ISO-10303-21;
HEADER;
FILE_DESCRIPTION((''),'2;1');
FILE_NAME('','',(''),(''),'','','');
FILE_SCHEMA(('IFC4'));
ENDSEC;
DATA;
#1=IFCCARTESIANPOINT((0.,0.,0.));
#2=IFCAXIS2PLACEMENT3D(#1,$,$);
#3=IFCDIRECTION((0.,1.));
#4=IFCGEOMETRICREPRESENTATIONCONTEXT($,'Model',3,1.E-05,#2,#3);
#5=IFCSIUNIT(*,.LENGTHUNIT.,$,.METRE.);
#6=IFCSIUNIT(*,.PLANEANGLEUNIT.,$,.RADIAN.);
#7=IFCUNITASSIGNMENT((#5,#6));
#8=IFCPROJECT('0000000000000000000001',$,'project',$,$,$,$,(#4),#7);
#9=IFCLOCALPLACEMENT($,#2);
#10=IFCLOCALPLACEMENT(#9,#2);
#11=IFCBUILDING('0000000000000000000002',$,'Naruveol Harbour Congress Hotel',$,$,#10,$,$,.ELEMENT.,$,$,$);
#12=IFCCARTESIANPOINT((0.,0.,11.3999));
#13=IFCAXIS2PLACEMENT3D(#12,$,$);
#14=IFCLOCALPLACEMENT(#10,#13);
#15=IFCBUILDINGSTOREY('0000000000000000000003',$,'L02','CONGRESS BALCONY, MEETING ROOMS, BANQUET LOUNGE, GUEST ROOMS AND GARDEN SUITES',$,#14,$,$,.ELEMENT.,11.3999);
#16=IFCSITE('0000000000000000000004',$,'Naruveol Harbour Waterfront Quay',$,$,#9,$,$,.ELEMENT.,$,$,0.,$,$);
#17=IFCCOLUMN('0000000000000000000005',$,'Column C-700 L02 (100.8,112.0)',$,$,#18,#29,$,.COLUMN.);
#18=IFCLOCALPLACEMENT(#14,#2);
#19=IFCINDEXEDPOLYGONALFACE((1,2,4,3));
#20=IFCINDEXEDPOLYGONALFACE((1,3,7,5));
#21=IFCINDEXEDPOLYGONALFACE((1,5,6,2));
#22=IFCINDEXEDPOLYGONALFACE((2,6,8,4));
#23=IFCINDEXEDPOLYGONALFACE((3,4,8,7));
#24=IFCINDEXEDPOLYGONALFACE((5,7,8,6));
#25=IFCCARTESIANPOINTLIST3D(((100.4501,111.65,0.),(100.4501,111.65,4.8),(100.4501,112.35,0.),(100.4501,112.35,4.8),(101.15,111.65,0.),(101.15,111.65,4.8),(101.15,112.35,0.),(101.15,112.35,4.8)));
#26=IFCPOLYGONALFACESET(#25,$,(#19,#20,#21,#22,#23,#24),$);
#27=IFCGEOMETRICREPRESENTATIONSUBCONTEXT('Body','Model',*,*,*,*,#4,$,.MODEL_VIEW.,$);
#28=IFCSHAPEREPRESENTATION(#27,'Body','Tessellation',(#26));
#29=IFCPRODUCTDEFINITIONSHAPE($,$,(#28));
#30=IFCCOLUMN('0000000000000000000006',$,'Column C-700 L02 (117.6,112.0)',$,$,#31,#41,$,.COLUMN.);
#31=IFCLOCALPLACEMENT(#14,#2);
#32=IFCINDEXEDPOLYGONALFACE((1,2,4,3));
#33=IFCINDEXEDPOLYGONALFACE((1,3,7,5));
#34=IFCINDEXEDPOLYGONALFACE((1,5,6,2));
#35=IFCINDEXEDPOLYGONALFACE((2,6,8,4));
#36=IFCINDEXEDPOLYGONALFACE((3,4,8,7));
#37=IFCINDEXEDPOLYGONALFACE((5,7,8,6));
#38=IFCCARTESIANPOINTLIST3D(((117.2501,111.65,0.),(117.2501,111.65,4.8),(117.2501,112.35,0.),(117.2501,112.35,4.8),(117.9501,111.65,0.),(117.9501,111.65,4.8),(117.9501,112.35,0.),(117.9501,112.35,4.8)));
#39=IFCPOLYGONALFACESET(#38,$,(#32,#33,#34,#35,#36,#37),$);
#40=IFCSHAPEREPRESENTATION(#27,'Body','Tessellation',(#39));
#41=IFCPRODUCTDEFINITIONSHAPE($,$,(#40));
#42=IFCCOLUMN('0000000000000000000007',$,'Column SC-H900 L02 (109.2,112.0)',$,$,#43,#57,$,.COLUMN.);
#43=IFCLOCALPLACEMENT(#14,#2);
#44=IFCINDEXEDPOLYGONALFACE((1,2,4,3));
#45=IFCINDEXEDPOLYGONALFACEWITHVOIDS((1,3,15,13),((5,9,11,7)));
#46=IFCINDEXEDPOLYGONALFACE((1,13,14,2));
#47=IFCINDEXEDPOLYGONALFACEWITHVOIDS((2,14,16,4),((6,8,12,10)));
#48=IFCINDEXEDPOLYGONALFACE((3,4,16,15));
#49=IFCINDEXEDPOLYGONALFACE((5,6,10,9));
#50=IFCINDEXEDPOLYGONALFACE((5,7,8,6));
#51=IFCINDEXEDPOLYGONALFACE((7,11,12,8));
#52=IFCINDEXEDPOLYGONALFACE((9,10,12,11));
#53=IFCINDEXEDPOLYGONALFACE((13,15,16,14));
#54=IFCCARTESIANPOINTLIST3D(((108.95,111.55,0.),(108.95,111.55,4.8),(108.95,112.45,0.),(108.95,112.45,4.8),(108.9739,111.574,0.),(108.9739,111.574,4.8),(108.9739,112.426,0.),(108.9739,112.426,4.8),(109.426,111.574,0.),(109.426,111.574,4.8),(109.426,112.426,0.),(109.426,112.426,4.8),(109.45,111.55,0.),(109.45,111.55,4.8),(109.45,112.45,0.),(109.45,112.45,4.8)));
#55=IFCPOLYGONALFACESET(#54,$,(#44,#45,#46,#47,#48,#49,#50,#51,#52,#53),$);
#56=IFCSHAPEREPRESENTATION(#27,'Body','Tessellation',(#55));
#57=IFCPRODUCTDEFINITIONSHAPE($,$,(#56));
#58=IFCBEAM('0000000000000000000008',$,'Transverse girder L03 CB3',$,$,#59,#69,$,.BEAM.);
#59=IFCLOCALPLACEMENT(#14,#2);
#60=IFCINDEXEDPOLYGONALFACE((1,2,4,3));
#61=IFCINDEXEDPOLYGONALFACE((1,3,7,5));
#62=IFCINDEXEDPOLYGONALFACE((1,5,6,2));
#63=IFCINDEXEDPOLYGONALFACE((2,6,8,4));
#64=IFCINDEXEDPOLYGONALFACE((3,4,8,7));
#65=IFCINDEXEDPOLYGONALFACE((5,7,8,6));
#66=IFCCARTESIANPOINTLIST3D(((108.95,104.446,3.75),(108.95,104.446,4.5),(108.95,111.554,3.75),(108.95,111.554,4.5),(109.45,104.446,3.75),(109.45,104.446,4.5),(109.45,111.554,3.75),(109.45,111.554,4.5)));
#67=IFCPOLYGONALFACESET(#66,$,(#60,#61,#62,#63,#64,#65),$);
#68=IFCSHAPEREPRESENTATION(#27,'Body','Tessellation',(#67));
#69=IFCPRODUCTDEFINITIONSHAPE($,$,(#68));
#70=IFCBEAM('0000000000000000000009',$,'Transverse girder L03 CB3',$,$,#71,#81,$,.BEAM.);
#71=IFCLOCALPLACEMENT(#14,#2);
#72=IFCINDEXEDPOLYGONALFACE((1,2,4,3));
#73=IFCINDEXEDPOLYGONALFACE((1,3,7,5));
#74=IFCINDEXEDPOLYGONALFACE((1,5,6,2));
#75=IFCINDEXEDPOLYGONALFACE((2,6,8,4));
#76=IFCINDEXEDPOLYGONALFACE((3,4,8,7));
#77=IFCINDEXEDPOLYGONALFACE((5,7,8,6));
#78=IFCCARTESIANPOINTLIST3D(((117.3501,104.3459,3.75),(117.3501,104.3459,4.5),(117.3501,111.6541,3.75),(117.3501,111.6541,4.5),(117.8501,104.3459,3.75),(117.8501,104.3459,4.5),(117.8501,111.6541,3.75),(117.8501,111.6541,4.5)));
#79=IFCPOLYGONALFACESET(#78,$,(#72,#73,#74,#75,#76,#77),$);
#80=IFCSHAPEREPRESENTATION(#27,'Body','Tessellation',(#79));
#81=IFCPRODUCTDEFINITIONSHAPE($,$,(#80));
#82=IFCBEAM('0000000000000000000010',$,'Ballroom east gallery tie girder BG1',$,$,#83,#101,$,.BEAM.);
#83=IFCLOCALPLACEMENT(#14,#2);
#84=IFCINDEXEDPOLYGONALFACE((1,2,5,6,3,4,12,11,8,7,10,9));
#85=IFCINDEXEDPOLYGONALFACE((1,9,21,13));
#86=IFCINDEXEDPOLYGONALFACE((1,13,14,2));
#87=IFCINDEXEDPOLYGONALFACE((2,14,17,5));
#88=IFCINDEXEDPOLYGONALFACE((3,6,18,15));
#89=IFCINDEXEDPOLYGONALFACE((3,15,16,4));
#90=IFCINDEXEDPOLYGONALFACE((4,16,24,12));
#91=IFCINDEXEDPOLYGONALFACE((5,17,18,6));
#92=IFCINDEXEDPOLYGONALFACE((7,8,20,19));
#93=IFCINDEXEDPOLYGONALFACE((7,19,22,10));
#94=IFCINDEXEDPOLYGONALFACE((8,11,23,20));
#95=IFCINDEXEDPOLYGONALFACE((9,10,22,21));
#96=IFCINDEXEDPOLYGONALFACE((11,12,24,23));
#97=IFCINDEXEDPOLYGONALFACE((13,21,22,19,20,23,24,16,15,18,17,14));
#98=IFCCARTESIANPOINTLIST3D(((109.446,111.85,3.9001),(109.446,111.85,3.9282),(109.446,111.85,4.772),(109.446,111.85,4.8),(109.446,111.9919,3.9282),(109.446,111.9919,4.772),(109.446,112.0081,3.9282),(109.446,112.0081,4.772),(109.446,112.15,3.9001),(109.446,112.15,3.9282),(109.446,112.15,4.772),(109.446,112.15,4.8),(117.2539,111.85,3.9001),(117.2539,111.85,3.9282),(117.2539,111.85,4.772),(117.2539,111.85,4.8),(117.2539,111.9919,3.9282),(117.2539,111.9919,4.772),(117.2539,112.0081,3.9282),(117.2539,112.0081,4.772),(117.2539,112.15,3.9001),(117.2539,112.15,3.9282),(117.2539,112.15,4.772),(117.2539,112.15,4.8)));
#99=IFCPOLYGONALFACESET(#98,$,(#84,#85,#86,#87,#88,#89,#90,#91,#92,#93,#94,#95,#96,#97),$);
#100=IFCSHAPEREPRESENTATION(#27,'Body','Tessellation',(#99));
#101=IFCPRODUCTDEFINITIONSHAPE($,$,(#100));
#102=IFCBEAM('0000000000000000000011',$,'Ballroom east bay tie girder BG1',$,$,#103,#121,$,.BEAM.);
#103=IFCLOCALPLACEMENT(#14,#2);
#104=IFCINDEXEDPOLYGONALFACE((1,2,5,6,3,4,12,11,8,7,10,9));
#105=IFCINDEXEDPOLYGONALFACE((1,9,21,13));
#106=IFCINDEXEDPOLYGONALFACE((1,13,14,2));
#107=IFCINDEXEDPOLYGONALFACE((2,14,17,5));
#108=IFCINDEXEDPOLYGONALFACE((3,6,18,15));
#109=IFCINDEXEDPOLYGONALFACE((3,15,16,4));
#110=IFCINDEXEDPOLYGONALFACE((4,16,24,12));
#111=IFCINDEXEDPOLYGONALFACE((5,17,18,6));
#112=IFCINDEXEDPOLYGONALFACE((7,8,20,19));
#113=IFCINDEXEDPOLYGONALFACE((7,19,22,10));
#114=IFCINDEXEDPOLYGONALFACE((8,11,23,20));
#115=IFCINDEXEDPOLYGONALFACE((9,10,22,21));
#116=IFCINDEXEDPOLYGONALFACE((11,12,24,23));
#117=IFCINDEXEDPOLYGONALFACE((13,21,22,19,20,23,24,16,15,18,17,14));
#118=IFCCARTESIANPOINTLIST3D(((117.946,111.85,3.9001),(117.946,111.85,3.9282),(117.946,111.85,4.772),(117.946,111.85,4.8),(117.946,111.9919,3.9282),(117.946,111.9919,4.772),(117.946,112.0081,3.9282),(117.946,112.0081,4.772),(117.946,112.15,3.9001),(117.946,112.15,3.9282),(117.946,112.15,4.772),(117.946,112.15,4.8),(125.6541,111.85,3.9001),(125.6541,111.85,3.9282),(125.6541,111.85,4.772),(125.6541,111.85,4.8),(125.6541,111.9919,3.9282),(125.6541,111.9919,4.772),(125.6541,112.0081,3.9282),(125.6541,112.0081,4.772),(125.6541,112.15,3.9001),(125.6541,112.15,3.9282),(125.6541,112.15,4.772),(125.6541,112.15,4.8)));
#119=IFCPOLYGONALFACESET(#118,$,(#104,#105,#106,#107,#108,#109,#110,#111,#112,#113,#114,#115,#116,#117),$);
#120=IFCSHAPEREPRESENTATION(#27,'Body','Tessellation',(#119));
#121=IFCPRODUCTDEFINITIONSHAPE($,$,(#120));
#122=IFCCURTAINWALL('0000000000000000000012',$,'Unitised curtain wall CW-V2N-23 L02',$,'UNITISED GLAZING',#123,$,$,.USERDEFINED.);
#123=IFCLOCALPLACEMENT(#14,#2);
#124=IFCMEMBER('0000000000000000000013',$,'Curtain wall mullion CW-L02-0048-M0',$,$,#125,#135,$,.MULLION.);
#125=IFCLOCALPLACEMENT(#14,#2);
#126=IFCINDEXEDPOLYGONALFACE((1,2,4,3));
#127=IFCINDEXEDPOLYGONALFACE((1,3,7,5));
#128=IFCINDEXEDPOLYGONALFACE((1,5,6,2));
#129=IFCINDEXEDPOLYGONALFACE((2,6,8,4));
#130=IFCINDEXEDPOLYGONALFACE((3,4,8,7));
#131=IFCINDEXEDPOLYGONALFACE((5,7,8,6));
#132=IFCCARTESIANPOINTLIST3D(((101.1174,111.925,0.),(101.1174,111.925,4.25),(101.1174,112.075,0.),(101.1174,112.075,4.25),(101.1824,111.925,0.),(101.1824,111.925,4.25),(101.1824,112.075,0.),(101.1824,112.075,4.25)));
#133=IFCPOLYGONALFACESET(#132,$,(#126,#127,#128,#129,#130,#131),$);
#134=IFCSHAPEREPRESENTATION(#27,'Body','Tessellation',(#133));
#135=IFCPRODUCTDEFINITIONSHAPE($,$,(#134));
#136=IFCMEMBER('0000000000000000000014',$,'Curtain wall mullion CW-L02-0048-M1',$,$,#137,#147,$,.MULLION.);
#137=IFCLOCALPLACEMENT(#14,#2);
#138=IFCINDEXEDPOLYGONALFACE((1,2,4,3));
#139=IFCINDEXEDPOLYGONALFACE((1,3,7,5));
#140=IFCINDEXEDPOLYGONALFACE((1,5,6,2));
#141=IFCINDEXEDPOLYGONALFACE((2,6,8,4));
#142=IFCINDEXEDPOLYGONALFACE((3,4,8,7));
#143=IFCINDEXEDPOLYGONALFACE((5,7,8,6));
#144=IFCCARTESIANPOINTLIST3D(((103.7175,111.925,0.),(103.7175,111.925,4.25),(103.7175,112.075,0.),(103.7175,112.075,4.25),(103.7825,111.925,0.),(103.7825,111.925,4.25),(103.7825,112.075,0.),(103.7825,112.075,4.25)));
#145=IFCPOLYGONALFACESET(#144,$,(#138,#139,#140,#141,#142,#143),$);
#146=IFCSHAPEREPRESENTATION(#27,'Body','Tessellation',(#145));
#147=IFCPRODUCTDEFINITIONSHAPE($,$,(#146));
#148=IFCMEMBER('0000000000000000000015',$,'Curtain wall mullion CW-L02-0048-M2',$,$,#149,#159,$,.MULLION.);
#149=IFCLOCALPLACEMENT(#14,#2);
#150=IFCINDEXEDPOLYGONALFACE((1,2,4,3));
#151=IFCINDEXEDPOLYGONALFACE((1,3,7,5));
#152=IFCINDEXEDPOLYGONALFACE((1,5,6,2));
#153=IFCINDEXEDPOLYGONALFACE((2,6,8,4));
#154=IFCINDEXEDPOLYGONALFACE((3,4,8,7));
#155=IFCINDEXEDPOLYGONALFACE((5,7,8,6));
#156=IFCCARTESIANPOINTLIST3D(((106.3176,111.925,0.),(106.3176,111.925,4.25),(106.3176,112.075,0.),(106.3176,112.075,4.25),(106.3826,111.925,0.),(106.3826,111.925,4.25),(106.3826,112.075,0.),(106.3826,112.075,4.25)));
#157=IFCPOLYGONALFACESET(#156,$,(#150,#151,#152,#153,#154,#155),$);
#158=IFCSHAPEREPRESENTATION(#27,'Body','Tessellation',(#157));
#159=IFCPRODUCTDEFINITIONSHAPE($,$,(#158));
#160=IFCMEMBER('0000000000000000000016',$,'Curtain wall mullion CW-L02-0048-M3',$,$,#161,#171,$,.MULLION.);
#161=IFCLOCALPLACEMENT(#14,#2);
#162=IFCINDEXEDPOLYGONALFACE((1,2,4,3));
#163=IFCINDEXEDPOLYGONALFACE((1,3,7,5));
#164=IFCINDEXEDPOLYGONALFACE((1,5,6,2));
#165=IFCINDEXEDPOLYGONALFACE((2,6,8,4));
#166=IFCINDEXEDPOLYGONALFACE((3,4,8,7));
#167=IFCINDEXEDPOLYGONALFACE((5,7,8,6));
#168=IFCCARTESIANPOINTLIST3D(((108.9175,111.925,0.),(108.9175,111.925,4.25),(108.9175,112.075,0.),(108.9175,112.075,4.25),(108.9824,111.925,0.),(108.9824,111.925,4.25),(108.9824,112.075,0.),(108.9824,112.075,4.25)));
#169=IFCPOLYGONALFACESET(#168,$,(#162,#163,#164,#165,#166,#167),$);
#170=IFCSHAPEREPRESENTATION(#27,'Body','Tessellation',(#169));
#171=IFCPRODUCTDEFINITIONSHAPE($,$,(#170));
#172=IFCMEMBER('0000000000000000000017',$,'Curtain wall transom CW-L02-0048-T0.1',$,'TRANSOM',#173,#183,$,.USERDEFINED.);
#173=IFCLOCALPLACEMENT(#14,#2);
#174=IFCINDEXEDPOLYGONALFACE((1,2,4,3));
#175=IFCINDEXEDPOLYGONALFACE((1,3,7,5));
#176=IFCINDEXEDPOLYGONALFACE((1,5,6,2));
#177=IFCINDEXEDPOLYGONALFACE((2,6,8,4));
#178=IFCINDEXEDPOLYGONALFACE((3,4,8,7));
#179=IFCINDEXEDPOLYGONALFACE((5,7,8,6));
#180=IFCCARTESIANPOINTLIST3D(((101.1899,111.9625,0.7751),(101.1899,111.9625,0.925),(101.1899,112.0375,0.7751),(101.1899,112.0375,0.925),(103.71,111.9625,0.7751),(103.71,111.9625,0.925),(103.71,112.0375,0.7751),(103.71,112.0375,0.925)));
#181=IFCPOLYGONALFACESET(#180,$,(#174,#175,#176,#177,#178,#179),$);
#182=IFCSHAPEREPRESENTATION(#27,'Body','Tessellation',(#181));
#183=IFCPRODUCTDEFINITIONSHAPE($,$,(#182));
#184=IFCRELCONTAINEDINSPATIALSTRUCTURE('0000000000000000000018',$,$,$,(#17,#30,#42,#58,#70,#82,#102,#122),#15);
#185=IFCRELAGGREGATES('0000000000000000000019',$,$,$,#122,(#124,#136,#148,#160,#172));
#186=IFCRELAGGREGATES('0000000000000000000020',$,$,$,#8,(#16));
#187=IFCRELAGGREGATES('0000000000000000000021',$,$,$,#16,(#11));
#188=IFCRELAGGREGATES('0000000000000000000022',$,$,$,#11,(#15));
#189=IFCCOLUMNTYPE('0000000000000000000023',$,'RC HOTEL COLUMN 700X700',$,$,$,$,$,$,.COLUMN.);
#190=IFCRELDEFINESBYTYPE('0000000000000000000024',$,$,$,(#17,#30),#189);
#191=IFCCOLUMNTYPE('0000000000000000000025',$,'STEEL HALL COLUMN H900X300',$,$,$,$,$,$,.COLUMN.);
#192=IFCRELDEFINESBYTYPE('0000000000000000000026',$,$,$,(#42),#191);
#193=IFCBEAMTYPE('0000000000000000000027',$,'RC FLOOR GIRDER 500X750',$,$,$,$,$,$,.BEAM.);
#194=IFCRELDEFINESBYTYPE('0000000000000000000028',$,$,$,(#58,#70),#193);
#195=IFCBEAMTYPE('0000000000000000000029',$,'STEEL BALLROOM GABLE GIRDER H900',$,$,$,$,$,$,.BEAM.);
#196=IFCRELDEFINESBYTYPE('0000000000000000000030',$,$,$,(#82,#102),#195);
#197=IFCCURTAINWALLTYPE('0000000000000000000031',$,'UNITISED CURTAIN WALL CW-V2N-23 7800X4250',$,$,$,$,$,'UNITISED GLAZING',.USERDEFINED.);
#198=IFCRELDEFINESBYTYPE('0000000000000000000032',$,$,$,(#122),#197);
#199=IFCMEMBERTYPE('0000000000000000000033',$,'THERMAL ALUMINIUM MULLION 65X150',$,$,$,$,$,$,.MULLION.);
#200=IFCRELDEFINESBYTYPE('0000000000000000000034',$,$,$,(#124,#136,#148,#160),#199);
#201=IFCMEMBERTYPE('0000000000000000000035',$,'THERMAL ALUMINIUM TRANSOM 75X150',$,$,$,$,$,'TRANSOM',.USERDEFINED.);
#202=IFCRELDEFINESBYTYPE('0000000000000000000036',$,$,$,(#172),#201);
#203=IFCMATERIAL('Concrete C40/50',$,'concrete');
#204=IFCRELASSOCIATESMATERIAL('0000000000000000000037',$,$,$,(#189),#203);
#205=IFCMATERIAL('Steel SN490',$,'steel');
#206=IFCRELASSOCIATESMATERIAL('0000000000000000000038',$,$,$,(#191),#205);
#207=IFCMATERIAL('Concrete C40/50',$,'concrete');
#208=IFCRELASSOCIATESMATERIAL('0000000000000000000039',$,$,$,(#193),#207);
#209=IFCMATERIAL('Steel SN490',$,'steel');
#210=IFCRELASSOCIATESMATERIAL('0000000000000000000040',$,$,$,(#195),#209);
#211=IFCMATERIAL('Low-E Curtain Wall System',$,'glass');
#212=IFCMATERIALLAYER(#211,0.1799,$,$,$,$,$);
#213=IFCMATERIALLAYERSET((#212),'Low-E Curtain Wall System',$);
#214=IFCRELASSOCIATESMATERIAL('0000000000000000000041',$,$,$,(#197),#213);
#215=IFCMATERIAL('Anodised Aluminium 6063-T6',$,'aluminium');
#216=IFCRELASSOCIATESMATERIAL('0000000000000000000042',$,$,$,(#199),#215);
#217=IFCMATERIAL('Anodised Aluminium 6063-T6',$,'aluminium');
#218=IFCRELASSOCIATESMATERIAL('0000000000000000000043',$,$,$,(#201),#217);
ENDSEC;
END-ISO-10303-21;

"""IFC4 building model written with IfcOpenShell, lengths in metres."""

from ifc_helpers import new_model, si_unit, direction, frame, origin, origin_2d, place, context, subcontext, project, spatial, rectangle, hollow_rectangle, i_section, extrude, material, layer, layer_set, material_profile, profile_set, type_object, element, aggregate, save


model = new_model("IFC4")

# Units and contexts
model_context = context("Model", 3, precision=1e-05, world=origin(), true_north=direction((0.0, 1.0)))
body_context = subcontext(model_context, "Body", "Model", "MODEL_VIEW")
ifc_project = project(units=[si_unit("LENGTHUNIT", "METRE"), si_unit("PLANEANGLEUNIT", "RADIAN")], contexts=[model_context])

# Site, building, storey
site_placement = place(None, origin())
site = spatial("IfcSite", under=ifc_project, at=site_placement, Name="Naruveol Harbour Waterfront Quay", CompositionType="ELEMENT", RefElevation=0.0)
building_placement = place(site_placement, origin())
building = spatial("IfcBuilding", under=site, at=building_placement, Name="Naruveol Harbour Congress Hotel", CompositionType="ELEMENT")
storey_placement = place(building_placement, frame((0.0, 0.0, 11.3999)))
storey = spatial("IfcBuildingStorey", under=building, at=storey_placement, Name="L02", Description="CONGRESS BALCONY, MEETING ROOMS, BANQUET LOUNGE, GUEST ROOMS AND GARDEN SUITES", CompositionType="ELEMENT", Elevation=11.3999)

# Columns
ifc_material_1 = material(Name="Concrete C40/50", Category="concrete")
ifc_material_profile_1 = material_profile(ifc_material_1, rectangle(XDim=0.7, YDim=0.7, at=origin_2d()), Name="RC-700x700")
ifc_profile_set_1 = profile_set([ifc_material_profile_1], Name="Concrete C40/50")
column_type_1 = type_object("IfcColumnType", Name="RC HOTEL COLUMN 700X700", PredefinedType="COLUMN", material=ifc_profile_set_1)
for number, where, z_axis, x_axis, name in (
    (1, (100.8, 112.0, 0.0), (0.0, 0.0, 1.0), (1.0, 0.0, 0.0), "Column C-700 L02 (100.8,112.0)"),
    (2, (117.6001, 112.0, 0.0), (0.0, 0.0, 1.0), (1.0, 0.0, 0.0), "Column C-700 L02 (117.6,112.0)"),
):
    element("IfcColumn", number, at=place(storey_placement, frame(where, z_axis=z_axis, x_axis=x_axis)), inside=storey, type_object=column_type_1, Name=name, PredefinedType="COLUMN", context=body_context, shape_type="SweptSolid", body=[
        extrude(rectangle(XDim=0.7, YDim=0.7, at=origin_2d()), origin(), (0.0, 0.0, 1.0), 4.8),
    ])
ifc_material_2 = material(Name="Steel SN490", Category="steel")
ifc_material_profile_2 = material_profile(ifc_material_2, hollow_rectangle(XDim=0.5, YDim=0.8999, WallThickness=0.0239, at=origin_2d()), Name="RHS-900x500x24")
ifc_profile_set_2 = profile_set([ifc_material_profile_2], Name="Steel SN490")
column_type_2 = type_object("IfcColumnType", Name="STEEL HALL COLUMN H900X300", PredefinedType="COLUMN", material=ifc_profile_set_2)
column_placement = place(storey_placement, frame((109.2, 112.0, 0.0), z_axis=(0.0, 0.0, 1.0), x_axis=(1.0, 0.0, 0.0)))
element("IfcColumn", 3, at=column_placement, inside=storey, type_object=column_type_2, Name="Column SC-H900 L02 (109.2,112.0)", PredefinedType="COLUMN", context=body_context, shape_type="SweptSolid", body=[
    extrude(hollow_rectangle(XDim=0.5, YDim=0.8999, WallThickness=0.0239, at=origin_2d()), origin(), (0.0, 0.0, 1.0), 4.8),
])

# Beams
ifc_material_3 = material(Name="Concrete C40/50", Category="concrete")
ifc_material_profile_3 = material_profile(ifc_material_3, rectangle(XDim=0.5, YDim=0.75, at=origin_2d()), Name="RCB-500x750")
ifc_profile_set_3 = profile_set([ifc_material_profile_3], Name="Concrete C40/50")
beam_type_1 = type_object("IfcBeamType", Name="RC FLOOR GIRDER 500X750", PredefinedType="BEAM", material=ifc_profile_set_3)
beam_1_placement = place(storey_placement, frame((109.2, 104.446, 4.125), z_axis=(0.0, 1.0, 0.0), x_axis=(-1.0, 0.0, 0.0)))
element("IfcBeam", 4, at=beam_1_placement, inside=storey, type_object=beam_type_1, Name="Transverse girder L03 CB3", PredefinedType="BEAM", context=body_context, shape_type="SweptSolid", body=[
    extrude(rectangle(XDim=0.5, YDim=0.75, at=origin_2d()), origin(), (0.0, 0.0, 1.0), 7.1079),
])
beam_2_placement = place(storey_placement, frame((117.6001, 104.3459, 4.125), z_axis=(0.0, 1.0, 0.0), x_axis=(-1.0, 0.0, 0.0)))
element("IfcBeam", 5, at=beam_2_placement, inside=storey, type_object=beam_type_1, Name="Transverse girder L03 CB3", PredefinedType="BEAM", context=body_context, shape_type="SweptSolid", body=[
    extrude(rectangle(XDim=0.5, YDim=0.75, at=origin_2d()), origin(), (0.0, 0.0, 1.0), 7.3081),
])
ifc_material_4 = material(Name="Steel SN490", Category="steel")
ifc_material_profile_4 = material_profile(ifc_material_4, i_section(OverallWidth=0.3, OverallDepth=0.8999, WebThickness=0.0161, FlangeThickness=0.0281, at=origin_2d()), Name="H-900x300x16x28")
ifc_profile_set_4 = profile_set([ifc_material_profile_4], Name="Steel SN490")
beam_type_2 = type_object("IfcBeamType", Name="STEEL BALLROOM GABLE GIRDER H900", PredefinedType="BEAM", material=ifc_profile_set_4)
beam_3_placement = place(storey_placement, frame((109.446, 112.0, 4.3501), z_axis=(1.0, 0.0, 0.0), x_axis=(0.0, 1.0, 0.0)))
element("IfcBeam", 6, at=beam_3_placement, inside=storey, type_object=beam_type_2, Name="Ballroom east gallery tie girder BG1", PredefinedType="BEAM", context=body_context, shape_type="SweptSolid", body=[
    extrude(i_section(OverallWidth=0.3, OverallDepth=0.8999, WebThickness=0.0161, FlangeThickness=0.0281, at=origin_2d()), origin(), (0.0, 0.0, 1.0), 7.8079),
])
beam_4_placement = place(storey_placement, frame((117.946, 112.0, 4.3501), z_axis=(1.0, 0.0, 0.0), x_axis=(0.0, 1.0, 0.0)))
element("IfcBeam", 7, at=beam_4_placement, inside=storey, type_object=beam_type_2, Name="Ballroom east bay tie girder BG1", PredefinedType="BEAM", context=body_context, shape_type="SweptSolid", body=[
    extrude(i_section(OverallWidth=0.3, OverallDepth=0.8999, WebThickness=0.0161, FlangeThickness=0.0281, at=origin_2d()), origin(), (0.0, 0.0, 1.0), 7.708),
])

# Curtain wall, members
ifc_material_5 = material(Name="Low-E Curtain Wall System", Category="glass")
ifc_layer_1 = layer(ifc_material_5, 0.1799)
ifc_layer_set_1 = layer_set([ifc_layer_1], Name="Low-E Curtain Wall System")
curtain_wall_type = type_object("IfcCurtainWallType", Name="UNITISED CURTAIN WALL CW-V2N-23 7800X4250", ElementType="UNITISED GLAZING", PredefinedType="USERDEFINED", material=ifc_layer_set_1)
curtain_wall_placement = place(storey_placement, origin())
curtain_wall = element("IfcCurtainWall", 8, at=curtain_wall_placement, inside=storey, type_object=curtain_wall_type, Name="Unitised curtain wall CW-V2N-23 L02", ObjectType="UNITISED GLAZING", PredefinedType="USERDEFINED")
ifc_material_6 = material(Name="Anodised Aluminium 6063-T6", Category="aluminium")
ifc_material_profile_5 = material_profile(ifc_material_6, rectangle(XDim=0.0649, YDim=0.1499, at=origin_2d()), Name="ALU-65x150")
ifc_profile_set_5 = profile_set([ifc_material_profile_5], Name="Anodised Aluminium 6063-T6")
member_type_1 = type_object("IfcMemberType", Name="THERMAL ALUMINIUM MULLION 65X150", PredefinedType="MULLION", material=ifc_profile_set_5)
member_1_placement = place(storey_placement, frame((101.1499, 112.0, 0.0), z_axis=(0.0, 0.0, 1.0), x_axis=(1.0, 0.0, 0.0)))
member_1 = element("IfcMember", 9, at=member_1_placement, type_object=member_type_1, Name="Curtain wall mullion CW-L02-0048-M0", PredefinedType="MULLION", context=body_context, shape_type="SweptSolid", body=[
    extrude(rectangle(XDim=0.0649, YDim=0.1499, at=origin_2d()), origin(), (0.0, 0.0, 1.0), 4.25),
])
member_2_placement = place(storey_placement, frame((103.75, 112.0, 0.0), z_axis=(0.0, 0.0, 1.0), x_axis=(1.0, 0.0, 0.0)))
member_2 = element("IfcMember", 10, at=member_2_placement, type_object=member_type_1, Name="Curtain wall mullion CW-L02-0048-M1", PredefinedType="MULLION", context=body_context, shape_type="SweptSolid", body=[
    extrude(rectangle(XDim=0.0649, YDim=0.1499, at=origin_2d()), origin(), (0.0, 0.0, 1.0), 4.25),
])
member_3_placement = place(storey_placement, frame((106.3501, 112.0, 0.0), z_axis=(0.0, 0.0, 1.0), x_axis=(1.0, 0.0, 0.0)))
member_3 = element("IfcMember", 11, at=member_3_placement, type_object=member_type_1, Name="Curtain wall mullion CW-L02-0048-M2", PredefinedType="MULLION", context=body_context, shape_type="SweptSolid", body=[
    extrude(rectangle(XDim=0.0649, YDim=0.1499, at=origin_2d()), origin(), (0.0, 0.0, 1.0), 4.25),
])
member_4_placement = place(storey_placement, frame((108.95, 112.0, 0.0), z_axis=(0.0, 0.0, 1.0), x_axis=(1.0, 0.0, 0.0)))
member_4 = element("IfcMember", 12, at=member_4_placement, type_object=member_type_1, Name="Curtain wall mullion CW-L02-0048-M3", PredefinedType="MULLION", context=body_context, shape_type="SweptSolid", body=[
    extrude(rectangle(XDim=0.0649, YDim=0.1499, at=origin_2d()), origin(), (0.0, 0.0, 1.0), 4.25),
])
ifc_material_7 = material(Name="Anodised Aluminium 6063-T6", Category="aluminium")
ifc_material_profile_6 = material_profile(ifc_material_7, rectangle(XDim=0.075, YDim=0.1499, at=origin_2d()), Name="ALU-75x150")
ifc_profile_set_6 = profile_set([ifc_material_profile_6], Name="Anodised Aluminium 6063-T6")
member_type_2 = type_object("IfcMemberType", Name="THERMAL ALUMINIUM TRANSOM 75X150", ElementType="TRANSOM", PredefinedType="USERDEFINED", material=ifc_profile_set_6)
member_5_placement = place(storey_placement, frame((101.1899, 112.0, 0.8501), z_axis=(1.0, 0.0, 0.0), x_axis=(0.0, 1.0, 0.0)))
member_5 = element("IfcMember", 13, at=member_5_placement, type_object=member_type_2, Name="Curtain wall transom CW-L02-0048-T0.1", ObjectType="TRANSOM", PredefinedType="USERDEFINED", context=body_context, shape_type="SweptSolid", body=[
    extrude(rectangle(XDim=0.075, YDim=0.1499, at=origin_2d()), origin(), (0.0, 0.0, 1.0), 2.52),
])
aggregate(curtain_wall, [member_1, member_2, member_3, member_4, member_5])

save(model, "model.ifc")
